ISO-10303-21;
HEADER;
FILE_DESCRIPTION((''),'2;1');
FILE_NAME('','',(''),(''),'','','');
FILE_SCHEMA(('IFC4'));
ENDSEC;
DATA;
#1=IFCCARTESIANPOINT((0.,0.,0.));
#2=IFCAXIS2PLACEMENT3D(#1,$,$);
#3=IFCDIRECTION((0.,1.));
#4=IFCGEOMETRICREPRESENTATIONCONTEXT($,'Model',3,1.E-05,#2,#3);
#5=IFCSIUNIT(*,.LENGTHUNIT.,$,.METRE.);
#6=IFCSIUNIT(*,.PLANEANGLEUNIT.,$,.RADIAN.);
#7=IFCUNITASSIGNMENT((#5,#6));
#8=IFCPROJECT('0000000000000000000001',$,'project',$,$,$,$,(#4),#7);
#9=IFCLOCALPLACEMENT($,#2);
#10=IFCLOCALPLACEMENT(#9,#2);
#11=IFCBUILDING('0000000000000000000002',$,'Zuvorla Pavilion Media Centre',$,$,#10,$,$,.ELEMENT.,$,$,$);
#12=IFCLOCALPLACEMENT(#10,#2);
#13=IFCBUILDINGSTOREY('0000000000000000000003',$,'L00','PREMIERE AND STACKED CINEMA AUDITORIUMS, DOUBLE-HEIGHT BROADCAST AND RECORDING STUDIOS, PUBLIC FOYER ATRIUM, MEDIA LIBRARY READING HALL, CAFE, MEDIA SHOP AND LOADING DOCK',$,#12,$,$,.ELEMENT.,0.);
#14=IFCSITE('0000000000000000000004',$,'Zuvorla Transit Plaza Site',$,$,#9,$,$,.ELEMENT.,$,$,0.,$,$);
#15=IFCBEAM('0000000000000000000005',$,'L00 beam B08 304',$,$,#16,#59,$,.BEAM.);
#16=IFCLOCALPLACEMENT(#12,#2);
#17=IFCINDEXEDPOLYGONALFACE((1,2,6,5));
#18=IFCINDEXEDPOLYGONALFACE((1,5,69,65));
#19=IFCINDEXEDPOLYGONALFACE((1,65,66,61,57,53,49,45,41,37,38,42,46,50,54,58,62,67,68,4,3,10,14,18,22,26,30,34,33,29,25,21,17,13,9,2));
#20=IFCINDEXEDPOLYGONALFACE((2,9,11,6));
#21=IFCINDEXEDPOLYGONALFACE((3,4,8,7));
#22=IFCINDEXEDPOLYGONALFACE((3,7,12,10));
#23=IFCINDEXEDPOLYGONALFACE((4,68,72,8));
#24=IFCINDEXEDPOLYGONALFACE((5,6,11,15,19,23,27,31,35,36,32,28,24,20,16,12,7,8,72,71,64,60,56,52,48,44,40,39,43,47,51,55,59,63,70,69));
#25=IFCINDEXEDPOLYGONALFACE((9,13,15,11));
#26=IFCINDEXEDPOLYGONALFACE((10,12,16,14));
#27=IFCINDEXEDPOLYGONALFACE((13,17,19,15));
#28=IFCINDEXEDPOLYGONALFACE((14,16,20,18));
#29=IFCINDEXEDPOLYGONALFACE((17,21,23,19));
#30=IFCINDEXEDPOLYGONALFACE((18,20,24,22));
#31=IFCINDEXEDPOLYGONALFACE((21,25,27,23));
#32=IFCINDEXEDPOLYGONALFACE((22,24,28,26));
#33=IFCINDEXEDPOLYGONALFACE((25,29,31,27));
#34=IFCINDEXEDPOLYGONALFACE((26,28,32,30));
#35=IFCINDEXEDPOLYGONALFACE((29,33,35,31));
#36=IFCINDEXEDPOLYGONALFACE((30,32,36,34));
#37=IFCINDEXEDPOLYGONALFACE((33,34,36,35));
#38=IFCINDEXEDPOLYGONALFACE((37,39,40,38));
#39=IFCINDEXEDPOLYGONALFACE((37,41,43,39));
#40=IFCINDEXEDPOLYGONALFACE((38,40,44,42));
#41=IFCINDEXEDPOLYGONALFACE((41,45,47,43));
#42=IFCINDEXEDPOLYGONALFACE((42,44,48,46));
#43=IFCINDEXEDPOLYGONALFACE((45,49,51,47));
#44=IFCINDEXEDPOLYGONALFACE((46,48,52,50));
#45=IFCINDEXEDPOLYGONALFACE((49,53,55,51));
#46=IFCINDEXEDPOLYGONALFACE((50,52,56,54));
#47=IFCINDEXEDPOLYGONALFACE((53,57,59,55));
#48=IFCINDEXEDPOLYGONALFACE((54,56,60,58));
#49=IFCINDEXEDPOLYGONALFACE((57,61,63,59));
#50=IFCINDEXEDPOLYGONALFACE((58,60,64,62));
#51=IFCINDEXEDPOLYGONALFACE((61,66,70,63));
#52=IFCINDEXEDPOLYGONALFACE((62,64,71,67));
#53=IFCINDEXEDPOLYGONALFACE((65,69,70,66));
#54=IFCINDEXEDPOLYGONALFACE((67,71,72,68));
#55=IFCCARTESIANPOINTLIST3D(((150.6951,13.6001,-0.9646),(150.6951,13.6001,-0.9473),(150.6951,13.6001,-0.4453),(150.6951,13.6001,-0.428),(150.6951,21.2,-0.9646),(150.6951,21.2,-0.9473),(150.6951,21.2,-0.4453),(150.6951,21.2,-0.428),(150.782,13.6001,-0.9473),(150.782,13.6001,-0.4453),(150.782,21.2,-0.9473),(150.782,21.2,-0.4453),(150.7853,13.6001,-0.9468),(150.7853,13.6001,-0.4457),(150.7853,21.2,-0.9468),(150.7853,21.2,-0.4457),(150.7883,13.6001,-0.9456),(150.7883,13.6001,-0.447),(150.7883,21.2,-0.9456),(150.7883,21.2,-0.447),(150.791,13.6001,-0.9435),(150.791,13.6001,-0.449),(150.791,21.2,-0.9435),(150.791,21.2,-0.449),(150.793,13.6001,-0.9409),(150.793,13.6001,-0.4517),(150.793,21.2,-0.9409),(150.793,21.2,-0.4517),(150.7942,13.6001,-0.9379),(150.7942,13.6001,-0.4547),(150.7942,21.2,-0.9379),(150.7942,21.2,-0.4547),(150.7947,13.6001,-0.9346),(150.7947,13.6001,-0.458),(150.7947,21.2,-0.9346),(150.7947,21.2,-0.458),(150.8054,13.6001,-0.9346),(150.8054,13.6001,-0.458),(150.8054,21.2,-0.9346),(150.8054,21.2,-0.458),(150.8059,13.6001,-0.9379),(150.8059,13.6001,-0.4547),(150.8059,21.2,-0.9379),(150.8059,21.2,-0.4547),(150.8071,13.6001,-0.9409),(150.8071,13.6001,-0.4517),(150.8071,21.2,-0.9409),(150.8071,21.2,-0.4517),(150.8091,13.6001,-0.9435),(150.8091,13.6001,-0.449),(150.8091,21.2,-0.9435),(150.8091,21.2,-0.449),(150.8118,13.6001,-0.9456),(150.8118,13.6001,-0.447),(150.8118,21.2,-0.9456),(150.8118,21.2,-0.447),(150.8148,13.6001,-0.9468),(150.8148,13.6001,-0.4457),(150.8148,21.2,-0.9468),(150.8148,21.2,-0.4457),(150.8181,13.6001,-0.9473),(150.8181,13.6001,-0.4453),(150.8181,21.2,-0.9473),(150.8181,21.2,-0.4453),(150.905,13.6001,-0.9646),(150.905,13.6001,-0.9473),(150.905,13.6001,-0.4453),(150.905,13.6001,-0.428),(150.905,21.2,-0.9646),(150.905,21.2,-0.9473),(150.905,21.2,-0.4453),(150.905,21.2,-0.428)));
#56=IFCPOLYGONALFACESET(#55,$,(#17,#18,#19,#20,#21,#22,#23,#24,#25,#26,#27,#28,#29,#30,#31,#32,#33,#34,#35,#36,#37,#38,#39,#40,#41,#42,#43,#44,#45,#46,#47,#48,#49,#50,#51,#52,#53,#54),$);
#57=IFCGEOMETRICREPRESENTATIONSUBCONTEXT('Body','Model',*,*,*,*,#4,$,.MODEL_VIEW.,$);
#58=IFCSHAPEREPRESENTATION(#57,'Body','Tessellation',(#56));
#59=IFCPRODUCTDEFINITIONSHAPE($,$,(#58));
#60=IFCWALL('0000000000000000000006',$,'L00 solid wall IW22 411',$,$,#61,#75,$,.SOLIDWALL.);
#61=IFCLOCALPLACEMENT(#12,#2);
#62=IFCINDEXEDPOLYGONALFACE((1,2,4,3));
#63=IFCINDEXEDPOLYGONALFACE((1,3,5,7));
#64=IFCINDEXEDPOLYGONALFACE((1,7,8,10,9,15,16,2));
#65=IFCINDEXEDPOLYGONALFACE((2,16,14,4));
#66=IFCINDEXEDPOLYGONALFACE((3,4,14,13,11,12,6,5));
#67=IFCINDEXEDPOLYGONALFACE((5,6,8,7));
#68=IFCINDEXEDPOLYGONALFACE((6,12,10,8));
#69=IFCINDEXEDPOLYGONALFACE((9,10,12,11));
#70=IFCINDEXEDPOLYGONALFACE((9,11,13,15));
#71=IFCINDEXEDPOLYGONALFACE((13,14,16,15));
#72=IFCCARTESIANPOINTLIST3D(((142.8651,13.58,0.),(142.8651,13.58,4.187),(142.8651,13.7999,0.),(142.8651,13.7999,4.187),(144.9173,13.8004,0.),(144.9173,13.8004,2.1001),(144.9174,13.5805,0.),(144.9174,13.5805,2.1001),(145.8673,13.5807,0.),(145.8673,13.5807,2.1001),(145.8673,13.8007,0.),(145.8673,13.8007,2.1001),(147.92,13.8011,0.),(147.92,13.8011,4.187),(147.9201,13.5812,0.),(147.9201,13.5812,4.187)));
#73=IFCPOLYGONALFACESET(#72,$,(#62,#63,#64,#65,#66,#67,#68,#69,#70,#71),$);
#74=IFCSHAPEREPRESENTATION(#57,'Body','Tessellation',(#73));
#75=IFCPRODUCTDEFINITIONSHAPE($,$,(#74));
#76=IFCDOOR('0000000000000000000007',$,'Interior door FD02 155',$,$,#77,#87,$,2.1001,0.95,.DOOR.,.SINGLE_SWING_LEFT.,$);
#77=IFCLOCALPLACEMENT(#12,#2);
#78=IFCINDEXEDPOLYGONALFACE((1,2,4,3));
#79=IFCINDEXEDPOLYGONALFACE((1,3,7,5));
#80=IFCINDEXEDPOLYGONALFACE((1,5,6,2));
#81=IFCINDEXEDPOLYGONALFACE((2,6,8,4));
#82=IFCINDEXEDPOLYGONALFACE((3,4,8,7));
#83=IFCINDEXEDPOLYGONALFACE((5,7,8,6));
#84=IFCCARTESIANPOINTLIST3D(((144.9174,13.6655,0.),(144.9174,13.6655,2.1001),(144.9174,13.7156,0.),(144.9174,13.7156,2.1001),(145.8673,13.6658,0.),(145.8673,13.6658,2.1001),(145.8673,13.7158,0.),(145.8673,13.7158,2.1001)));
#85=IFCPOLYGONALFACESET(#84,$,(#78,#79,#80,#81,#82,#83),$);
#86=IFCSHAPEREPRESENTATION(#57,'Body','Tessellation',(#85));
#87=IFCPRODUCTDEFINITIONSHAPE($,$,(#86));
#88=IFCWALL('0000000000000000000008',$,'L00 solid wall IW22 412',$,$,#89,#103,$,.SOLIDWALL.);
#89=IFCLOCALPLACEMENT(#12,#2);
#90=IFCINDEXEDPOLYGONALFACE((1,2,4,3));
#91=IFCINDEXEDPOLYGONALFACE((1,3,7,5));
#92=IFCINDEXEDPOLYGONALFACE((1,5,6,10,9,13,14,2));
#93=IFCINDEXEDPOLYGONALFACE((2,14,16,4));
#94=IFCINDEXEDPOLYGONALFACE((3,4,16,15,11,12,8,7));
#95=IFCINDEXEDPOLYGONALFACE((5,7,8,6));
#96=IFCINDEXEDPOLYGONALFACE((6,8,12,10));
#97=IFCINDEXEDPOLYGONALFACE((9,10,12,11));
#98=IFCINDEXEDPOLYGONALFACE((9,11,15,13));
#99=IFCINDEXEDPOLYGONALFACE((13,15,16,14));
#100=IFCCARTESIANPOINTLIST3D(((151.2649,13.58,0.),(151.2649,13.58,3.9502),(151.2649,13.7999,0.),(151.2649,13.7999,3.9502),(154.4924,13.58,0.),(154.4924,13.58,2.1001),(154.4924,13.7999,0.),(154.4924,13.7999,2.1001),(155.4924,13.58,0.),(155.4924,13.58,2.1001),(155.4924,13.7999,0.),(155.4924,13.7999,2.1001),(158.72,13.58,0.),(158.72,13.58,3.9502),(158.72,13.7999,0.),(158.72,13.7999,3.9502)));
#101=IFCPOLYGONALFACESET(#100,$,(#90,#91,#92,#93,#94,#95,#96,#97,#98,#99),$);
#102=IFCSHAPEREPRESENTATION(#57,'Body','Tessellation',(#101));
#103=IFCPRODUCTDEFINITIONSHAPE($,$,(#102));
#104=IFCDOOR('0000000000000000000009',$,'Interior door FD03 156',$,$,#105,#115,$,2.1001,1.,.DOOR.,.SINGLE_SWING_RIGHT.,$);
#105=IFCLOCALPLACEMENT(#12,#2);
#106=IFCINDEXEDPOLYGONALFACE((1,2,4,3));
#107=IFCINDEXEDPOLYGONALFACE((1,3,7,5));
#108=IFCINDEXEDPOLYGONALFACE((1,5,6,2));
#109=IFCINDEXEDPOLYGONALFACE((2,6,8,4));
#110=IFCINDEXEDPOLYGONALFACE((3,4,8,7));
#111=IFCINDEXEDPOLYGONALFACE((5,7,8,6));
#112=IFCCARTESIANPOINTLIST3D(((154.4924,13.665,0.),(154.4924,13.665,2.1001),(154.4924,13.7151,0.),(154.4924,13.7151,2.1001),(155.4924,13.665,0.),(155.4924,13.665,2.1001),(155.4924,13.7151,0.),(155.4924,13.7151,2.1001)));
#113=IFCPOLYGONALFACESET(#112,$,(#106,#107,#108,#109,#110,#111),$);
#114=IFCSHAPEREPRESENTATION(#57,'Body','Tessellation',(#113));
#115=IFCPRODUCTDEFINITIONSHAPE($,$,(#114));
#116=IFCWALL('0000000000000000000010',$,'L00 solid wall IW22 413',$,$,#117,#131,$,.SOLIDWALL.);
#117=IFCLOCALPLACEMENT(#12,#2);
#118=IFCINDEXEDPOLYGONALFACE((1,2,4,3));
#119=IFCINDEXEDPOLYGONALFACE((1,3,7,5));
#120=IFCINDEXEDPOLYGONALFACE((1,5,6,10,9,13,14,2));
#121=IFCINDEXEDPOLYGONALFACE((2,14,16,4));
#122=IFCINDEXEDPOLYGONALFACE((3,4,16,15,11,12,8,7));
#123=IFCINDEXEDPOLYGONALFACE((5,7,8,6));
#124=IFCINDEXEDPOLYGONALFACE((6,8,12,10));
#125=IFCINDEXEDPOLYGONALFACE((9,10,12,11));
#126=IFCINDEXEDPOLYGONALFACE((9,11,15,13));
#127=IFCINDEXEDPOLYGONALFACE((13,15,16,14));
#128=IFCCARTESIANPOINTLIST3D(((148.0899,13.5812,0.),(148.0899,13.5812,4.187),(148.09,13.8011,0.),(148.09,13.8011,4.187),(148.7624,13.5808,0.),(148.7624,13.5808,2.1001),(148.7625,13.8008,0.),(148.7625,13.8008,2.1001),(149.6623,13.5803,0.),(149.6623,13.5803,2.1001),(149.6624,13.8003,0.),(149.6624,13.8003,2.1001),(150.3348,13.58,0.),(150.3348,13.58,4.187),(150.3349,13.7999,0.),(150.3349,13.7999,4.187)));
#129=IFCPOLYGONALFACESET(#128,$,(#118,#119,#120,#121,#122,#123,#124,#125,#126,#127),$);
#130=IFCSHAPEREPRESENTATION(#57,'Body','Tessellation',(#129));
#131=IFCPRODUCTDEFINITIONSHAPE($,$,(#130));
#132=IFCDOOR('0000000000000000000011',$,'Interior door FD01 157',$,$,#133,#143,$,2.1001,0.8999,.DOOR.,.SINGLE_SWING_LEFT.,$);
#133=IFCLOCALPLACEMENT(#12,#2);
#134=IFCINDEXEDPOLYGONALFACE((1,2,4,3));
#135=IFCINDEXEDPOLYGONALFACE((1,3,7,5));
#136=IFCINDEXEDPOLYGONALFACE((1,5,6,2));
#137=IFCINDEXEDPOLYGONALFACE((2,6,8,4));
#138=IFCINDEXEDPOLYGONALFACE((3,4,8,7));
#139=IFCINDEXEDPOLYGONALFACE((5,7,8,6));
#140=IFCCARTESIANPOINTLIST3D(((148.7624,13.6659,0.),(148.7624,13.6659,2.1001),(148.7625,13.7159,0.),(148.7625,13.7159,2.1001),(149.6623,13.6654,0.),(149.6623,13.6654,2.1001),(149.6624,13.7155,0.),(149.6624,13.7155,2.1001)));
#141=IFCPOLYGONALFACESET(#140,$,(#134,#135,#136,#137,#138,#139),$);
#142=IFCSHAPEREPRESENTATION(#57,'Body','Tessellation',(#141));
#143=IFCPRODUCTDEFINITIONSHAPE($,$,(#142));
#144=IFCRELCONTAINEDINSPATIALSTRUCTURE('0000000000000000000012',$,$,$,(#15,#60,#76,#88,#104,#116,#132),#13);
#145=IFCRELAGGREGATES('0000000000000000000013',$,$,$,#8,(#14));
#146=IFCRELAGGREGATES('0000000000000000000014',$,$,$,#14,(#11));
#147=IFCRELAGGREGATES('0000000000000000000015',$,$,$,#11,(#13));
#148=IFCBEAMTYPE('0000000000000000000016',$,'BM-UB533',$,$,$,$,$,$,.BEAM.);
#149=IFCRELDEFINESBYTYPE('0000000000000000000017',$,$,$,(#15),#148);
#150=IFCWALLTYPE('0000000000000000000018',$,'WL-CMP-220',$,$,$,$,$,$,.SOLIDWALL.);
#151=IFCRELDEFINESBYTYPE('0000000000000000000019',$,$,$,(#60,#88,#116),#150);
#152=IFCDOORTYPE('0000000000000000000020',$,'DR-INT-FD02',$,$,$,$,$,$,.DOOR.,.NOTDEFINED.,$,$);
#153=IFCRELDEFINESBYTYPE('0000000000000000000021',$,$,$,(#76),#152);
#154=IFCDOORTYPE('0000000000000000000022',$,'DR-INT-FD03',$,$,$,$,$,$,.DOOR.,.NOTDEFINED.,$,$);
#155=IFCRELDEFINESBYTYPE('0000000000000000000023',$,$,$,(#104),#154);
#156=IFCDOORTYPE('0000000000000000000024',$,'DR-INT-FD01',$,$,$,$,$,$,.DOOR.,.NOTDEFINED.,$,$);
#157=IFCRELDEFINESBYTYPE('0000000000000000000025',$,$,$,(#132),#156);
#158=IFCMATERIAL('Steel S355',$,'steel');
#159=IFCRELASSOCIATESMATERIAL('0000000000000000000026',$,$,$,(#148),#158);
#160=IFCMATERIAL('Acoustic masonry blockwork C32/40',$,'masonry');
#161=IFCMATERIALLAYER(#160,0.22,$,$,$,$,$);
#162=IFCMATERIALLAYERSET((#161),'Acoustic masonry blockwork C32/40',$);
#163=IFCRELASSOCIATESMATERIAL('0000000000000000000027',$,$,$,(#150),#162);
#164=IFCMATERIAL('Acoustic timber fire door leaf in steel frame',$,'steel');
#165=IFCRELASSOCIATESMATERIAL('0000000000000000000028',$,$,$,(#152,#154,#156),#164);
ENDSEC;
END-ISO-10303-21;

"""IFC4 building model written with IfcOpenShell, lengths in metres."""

from ifc_helpers import new_model, si_unit, direction, frame, frame_2d, origin, origin_2d, place, context, subcontext, project, spatial, rectangle, i_section, extrude, material, layer, layer_set, material_profile, profile_set, type_object, element, fill, save


model = new_model("IFC4")

# Units and contexts
model_context = context("Model", 3, precision=1e-05, world=origin(), true_north=direction((0.0, 1.0)))
body_context = subcontext(model_context, "Body", "Model", "MODEL_VIEW")
ifc_project = project(units=[si_unit("LENGTHUNIT", "METRE"), si_unit("PLANEANGLEUNIT", "RADIAN")], contexts=[model_context])

# Site, building, storey
site_placement = place(None, origin())
site = spatial("IfcSite", under=ifc_project, at=site_placement, Name="Zuvorla Transit Plaza Site", CompositionType="ELEMENT", RefElevation=0.0)
building_placement = place(site_placement, origin())
building = spatial("IfcBuilding", under=site, at=building_placement, Name="Zuvorla Pavilion Media Centre", CompositionType="ELEMENT")
storey_placement = place(building_placement, origin())
storey = spatial("IfcBuildingStorey", under=building, at=storey_placement, Name="L00", Description="PREMIERE AND STACKED CINEMA AUDITORIUMS, DOUBLE-HEIGHT BROADCAST AND RECORDING STUDIOS, PUBLIC FOYER ATRIUM, MEDIA LIBRARY READING HALL, CAFE, MEDIA SHOP AND LOADING DOCK", CompositionType="ELEMENT", Elevation=0.0)

# Beam
ifc_material_1 = material(Name="Steel S355", Category="steel")
ifc_material_profile_1 = material_profile(ifc_material_1, i_section(OverallWidth=0.21, OverallDepth=0.5366, WebThickness=0.0107, FlangeThickness=0.0173, FilletRadius=0.0127, at=origin_2d()), Name="UB 533x210x101")
ifc_profile_set_1 = profile_set([ifc_material_profile_1], Name="Steel S355")
beam_type_1 = type_object("IfcBeamType", Name="BM-UB533", PredefinedType="BEAM", material=ifc_profile_set_1)
beam_1_placement = place(storey_placement, frame((150.8, 13.6001, -0.6963), z_axis=(0.0, 1.0, 0.0), x_axis=(-1.0, 0.0, 0.0)))
element("IfcBeam", 1, at=beam_1_placement, inside=storey, type_object=beam_type_1, Name="L00 beam B08 304", PredefinedType="BEAM", context=body_context, shape_type="SweptSolid", body=[
    extrude(i_section(OverallWidth=0.21, OverallDepth=0.5366, WebThickness=0.0107, FlangeThickness=0.0173, FilletRadius=0.0127, at=origin_2d()), origin(), (0.0, 0.0, 1.0), 7.5999),
])

# Walls, openings, doors
ifc_material_2 = material(Name="Acoustic masonry blockwork C32/40", Category="masonry")
ifc_layer_1 = layer(ifc_material_2, 0.22)
ifc_layer_set_1 = layer_set([ifc_layer_1], Name="Acoustic masonry blockwork C32/40")
wall_type_1 = type_object("IfcWallType", Name="WL-CMP-220", PredefinedType="SOLIDWALL", material=ifc_layer_set_1)
wall_1_placement = place(storey_placement, frame((147.9199, 13.6912, 0.0), z_axis=(0.0, 0.0, 1.0), x_axis=(-1.0, -0.000241, 0.0)))
wall_1 = element("IfcWall", 2, at=wall_1_placement, inside=storey, type_object=wall_type_1, Name="L00 solid wall IW22 411", PredefinedType="SOLIDWALL", context=body_context, shape_type="SweptSolid", body=[
    extrude(rectangle(XDim=5.0549, YDim=0.22, at=frame_2d((2.5273, 0.0))), origin(), (0.0, 0.0, 1.0), 4.187),
])
opening_1_placement = place(wall_1_placement, frame((2.0525, 0.0, 0.0)))
opening_1 = element("IfcOpeningElement", 3, at=opening_1_placement, cuts=wall_1, PredefinedType="OPENING", context=body_context, shape_type="SweptSolid", body=[
    extrude(rectangle(XDim=0.95, YDim=2.1001, at=frame_2d((0.4751, 1.05))), frame((0.0, 0.1199, 0.0), z_axis=(0.0, -1.0, 0.0), x_axis=(1.0, 0.0, 0.0)), (0.0, 0.0, 1.0), 0.24),
])
ifc_material_3 = material(Name="Acoustic timber fire door leaf in steel frame", Category="steel")
door_type_1 = type_object("IfcDoorType", Name="DR-INT-FD02", OperationType="NOTDEFINED", PredefinedType="DOOR", material=ifc_material_3)
door_1_placement = place(opening_1_placement, origin())
door_1 = element("IfcDoor", 4, at=door_1_placement, inside=storey, type_object=door_type_1, Name="Interior door FD02 155", OperationType="SINGLE_SWING_LEFT", OverallHeight=2.1001, OverallWidth=0.95, PredefinedType="DOOR", context=body_context, shape_type="SweptSolid", body=[
    extrude(rectangle(XDim=0.95, YDim=2.1001, at=frame_2d((0.4751, 1.05))), frame((0.0, 0.0249, 0.0), z_axis=(0.0, -1.0, 0.0), x_axis=(1.0, 0.0, 0.0)), (0.0, 0.0, 1.0), 0.05),
])
fill(opening_1, door_1)
wall_2_placement = place(storey_placement, frame((158.72, 13.6899, 0.0), z_axis=(0.0, 0.0, 1.0), x_axis=(-1.0, 0.0, 0.0)))
wall_2 = element("IfcWall", 5, at=wall_2_placement, inside=storey, type_object=wall_type_1, Name="L00 solid wall IW22 412", PredefinedType="SOLIDWALL", context=body_context, shape_type="SweptSolid", body=[
    extrude(rectangle(XDim=7.4551, YDim=0.22, at=frame_2d((3.7275, 0.0))), origin(), (0.0, 0.0, 1.0), 3.9502),
])
opening_2_placement = place(wall_2_placement, frame((3.2275, 0.0, 0.0)))
opening_2 = element("IfcOpeningElement", 6, at=opening_2_placement, cuts=wall_2, PredefinedType="OPENING", context=body_context, shape_type="SweptSolid", body=[
    extrude(rectangle(XDim=1.0, YDim=2.1001, at=frame_2d((0.5, 1.05))), frame((0.0, 0.1199, 0.0), z_axis=(0.0, -1.0, 0.0), x_axis=(1.0, 0.0, 0.0)), (0.0, 0.0, 1.0), 0.24),
])
door_type_2 = type_object("IfcDoorType", Name="DR-INT-FD03", OperationType="NOTDEFINED", PredefinedType="DOOR", material=ifc_material_3)
door_2_placement = place(opening_2_placement, origin())
door_2 = element("IfcDoor", 7, at=door_2_placement, inside=storey, type_object=door_type_2, Name="Interior door FD03 156", OperationType="SINGLE_SWING_RIGHT", OverallHeight=2.1001, OverallWidth=1.0, PredefinedType="DOOR", context=body_context, shape_type="SweptSolid", body=[
    extrude(rectangle(XDim=1.0, YDim=2.1001, at=frame_2d((0.5, 1.05))), frame((0.0, 0.0249, 0.0), z_axis=(0.0, -1.0, 0.0), x_axis=(1.0, 0.0, 0.0)), (0.0, 0.0, 1.0), 0.05),
])
fill(opening_2, door_2)
wall_3_placement = place(storey_placement, frame((150.335, 13.6899, 0.0), z_axis=(0.0, 0.0, 1.0), x_axis=(-1.0, 0.000544, 0.0)))
wall_3 = element("IfcWall", 8, at=wall_3_placement, inside=storey, type_object=wall_type_1, Name="L00 solid wall IW22 413", PredefinedType="SOLIDWALL", context=body_context, shape_type="SweptSolid", body=[
    extrude(rectangle(XDim=2.2449, YDim=0.22, at=frame_2d((1.1226, 0.0))), origin(), (0.0, 0.0, 1.0), 4.187),
])
opening_3_placement = place(wall_3_placement, frame((0.6726, 0.0, 0.0)))
opening_3 = element("IfcOpeningElement", 9, at=opening_3_placement, cuts=wall_3, PredefinedType="OPENING", context=body_context, shape_type="SweptSolid", body=[
    extrude(rectangle(XDim=0.8999, YDim=2.1001, at=frame_2d((0.45, 1.05))), frame((0.0, 0.1199, 0.0), z_axis=(0.0, -1.0, 0.0), x_axis=(1.0, 0.0, 0.0)), (0.0, 0.0, 1.0), 0.24),
])
door_type_3 = type_object("IfcDoorType", Name="DR-INT-FD01", OperationType="NOTDEFINED", PredefinedType="DOOR", material=ifc_material_3)
door_3_placement = place(opening_3_placement, origin())
door_3 = element("IfcDoor", 10, at=door_3_placement, inside=storey, type_object=door_type_3, Name="Interior door FD01 157", OperationType="SINGLE_SWING_LEFT", OverallHeight=2.1001, OverallWidth=0.8999, PredefinedType="DOOR", context=body_context, shape_type="SweptSolid", body=[
    extrude(rectangle(XDim=0.8999, YDim=2.1001, at=frame_2d((0.45, 1.05))), frame((0.0, 0.0249, 0.0), z_axis=(0.0, -1.0, 0.0), x_axis=(1.0, 0.0, 0.0)), (0.0, 0.0, 1.0), 0.05),
])
fill(opening_3, door_3)

save(model, "model.ifc")
